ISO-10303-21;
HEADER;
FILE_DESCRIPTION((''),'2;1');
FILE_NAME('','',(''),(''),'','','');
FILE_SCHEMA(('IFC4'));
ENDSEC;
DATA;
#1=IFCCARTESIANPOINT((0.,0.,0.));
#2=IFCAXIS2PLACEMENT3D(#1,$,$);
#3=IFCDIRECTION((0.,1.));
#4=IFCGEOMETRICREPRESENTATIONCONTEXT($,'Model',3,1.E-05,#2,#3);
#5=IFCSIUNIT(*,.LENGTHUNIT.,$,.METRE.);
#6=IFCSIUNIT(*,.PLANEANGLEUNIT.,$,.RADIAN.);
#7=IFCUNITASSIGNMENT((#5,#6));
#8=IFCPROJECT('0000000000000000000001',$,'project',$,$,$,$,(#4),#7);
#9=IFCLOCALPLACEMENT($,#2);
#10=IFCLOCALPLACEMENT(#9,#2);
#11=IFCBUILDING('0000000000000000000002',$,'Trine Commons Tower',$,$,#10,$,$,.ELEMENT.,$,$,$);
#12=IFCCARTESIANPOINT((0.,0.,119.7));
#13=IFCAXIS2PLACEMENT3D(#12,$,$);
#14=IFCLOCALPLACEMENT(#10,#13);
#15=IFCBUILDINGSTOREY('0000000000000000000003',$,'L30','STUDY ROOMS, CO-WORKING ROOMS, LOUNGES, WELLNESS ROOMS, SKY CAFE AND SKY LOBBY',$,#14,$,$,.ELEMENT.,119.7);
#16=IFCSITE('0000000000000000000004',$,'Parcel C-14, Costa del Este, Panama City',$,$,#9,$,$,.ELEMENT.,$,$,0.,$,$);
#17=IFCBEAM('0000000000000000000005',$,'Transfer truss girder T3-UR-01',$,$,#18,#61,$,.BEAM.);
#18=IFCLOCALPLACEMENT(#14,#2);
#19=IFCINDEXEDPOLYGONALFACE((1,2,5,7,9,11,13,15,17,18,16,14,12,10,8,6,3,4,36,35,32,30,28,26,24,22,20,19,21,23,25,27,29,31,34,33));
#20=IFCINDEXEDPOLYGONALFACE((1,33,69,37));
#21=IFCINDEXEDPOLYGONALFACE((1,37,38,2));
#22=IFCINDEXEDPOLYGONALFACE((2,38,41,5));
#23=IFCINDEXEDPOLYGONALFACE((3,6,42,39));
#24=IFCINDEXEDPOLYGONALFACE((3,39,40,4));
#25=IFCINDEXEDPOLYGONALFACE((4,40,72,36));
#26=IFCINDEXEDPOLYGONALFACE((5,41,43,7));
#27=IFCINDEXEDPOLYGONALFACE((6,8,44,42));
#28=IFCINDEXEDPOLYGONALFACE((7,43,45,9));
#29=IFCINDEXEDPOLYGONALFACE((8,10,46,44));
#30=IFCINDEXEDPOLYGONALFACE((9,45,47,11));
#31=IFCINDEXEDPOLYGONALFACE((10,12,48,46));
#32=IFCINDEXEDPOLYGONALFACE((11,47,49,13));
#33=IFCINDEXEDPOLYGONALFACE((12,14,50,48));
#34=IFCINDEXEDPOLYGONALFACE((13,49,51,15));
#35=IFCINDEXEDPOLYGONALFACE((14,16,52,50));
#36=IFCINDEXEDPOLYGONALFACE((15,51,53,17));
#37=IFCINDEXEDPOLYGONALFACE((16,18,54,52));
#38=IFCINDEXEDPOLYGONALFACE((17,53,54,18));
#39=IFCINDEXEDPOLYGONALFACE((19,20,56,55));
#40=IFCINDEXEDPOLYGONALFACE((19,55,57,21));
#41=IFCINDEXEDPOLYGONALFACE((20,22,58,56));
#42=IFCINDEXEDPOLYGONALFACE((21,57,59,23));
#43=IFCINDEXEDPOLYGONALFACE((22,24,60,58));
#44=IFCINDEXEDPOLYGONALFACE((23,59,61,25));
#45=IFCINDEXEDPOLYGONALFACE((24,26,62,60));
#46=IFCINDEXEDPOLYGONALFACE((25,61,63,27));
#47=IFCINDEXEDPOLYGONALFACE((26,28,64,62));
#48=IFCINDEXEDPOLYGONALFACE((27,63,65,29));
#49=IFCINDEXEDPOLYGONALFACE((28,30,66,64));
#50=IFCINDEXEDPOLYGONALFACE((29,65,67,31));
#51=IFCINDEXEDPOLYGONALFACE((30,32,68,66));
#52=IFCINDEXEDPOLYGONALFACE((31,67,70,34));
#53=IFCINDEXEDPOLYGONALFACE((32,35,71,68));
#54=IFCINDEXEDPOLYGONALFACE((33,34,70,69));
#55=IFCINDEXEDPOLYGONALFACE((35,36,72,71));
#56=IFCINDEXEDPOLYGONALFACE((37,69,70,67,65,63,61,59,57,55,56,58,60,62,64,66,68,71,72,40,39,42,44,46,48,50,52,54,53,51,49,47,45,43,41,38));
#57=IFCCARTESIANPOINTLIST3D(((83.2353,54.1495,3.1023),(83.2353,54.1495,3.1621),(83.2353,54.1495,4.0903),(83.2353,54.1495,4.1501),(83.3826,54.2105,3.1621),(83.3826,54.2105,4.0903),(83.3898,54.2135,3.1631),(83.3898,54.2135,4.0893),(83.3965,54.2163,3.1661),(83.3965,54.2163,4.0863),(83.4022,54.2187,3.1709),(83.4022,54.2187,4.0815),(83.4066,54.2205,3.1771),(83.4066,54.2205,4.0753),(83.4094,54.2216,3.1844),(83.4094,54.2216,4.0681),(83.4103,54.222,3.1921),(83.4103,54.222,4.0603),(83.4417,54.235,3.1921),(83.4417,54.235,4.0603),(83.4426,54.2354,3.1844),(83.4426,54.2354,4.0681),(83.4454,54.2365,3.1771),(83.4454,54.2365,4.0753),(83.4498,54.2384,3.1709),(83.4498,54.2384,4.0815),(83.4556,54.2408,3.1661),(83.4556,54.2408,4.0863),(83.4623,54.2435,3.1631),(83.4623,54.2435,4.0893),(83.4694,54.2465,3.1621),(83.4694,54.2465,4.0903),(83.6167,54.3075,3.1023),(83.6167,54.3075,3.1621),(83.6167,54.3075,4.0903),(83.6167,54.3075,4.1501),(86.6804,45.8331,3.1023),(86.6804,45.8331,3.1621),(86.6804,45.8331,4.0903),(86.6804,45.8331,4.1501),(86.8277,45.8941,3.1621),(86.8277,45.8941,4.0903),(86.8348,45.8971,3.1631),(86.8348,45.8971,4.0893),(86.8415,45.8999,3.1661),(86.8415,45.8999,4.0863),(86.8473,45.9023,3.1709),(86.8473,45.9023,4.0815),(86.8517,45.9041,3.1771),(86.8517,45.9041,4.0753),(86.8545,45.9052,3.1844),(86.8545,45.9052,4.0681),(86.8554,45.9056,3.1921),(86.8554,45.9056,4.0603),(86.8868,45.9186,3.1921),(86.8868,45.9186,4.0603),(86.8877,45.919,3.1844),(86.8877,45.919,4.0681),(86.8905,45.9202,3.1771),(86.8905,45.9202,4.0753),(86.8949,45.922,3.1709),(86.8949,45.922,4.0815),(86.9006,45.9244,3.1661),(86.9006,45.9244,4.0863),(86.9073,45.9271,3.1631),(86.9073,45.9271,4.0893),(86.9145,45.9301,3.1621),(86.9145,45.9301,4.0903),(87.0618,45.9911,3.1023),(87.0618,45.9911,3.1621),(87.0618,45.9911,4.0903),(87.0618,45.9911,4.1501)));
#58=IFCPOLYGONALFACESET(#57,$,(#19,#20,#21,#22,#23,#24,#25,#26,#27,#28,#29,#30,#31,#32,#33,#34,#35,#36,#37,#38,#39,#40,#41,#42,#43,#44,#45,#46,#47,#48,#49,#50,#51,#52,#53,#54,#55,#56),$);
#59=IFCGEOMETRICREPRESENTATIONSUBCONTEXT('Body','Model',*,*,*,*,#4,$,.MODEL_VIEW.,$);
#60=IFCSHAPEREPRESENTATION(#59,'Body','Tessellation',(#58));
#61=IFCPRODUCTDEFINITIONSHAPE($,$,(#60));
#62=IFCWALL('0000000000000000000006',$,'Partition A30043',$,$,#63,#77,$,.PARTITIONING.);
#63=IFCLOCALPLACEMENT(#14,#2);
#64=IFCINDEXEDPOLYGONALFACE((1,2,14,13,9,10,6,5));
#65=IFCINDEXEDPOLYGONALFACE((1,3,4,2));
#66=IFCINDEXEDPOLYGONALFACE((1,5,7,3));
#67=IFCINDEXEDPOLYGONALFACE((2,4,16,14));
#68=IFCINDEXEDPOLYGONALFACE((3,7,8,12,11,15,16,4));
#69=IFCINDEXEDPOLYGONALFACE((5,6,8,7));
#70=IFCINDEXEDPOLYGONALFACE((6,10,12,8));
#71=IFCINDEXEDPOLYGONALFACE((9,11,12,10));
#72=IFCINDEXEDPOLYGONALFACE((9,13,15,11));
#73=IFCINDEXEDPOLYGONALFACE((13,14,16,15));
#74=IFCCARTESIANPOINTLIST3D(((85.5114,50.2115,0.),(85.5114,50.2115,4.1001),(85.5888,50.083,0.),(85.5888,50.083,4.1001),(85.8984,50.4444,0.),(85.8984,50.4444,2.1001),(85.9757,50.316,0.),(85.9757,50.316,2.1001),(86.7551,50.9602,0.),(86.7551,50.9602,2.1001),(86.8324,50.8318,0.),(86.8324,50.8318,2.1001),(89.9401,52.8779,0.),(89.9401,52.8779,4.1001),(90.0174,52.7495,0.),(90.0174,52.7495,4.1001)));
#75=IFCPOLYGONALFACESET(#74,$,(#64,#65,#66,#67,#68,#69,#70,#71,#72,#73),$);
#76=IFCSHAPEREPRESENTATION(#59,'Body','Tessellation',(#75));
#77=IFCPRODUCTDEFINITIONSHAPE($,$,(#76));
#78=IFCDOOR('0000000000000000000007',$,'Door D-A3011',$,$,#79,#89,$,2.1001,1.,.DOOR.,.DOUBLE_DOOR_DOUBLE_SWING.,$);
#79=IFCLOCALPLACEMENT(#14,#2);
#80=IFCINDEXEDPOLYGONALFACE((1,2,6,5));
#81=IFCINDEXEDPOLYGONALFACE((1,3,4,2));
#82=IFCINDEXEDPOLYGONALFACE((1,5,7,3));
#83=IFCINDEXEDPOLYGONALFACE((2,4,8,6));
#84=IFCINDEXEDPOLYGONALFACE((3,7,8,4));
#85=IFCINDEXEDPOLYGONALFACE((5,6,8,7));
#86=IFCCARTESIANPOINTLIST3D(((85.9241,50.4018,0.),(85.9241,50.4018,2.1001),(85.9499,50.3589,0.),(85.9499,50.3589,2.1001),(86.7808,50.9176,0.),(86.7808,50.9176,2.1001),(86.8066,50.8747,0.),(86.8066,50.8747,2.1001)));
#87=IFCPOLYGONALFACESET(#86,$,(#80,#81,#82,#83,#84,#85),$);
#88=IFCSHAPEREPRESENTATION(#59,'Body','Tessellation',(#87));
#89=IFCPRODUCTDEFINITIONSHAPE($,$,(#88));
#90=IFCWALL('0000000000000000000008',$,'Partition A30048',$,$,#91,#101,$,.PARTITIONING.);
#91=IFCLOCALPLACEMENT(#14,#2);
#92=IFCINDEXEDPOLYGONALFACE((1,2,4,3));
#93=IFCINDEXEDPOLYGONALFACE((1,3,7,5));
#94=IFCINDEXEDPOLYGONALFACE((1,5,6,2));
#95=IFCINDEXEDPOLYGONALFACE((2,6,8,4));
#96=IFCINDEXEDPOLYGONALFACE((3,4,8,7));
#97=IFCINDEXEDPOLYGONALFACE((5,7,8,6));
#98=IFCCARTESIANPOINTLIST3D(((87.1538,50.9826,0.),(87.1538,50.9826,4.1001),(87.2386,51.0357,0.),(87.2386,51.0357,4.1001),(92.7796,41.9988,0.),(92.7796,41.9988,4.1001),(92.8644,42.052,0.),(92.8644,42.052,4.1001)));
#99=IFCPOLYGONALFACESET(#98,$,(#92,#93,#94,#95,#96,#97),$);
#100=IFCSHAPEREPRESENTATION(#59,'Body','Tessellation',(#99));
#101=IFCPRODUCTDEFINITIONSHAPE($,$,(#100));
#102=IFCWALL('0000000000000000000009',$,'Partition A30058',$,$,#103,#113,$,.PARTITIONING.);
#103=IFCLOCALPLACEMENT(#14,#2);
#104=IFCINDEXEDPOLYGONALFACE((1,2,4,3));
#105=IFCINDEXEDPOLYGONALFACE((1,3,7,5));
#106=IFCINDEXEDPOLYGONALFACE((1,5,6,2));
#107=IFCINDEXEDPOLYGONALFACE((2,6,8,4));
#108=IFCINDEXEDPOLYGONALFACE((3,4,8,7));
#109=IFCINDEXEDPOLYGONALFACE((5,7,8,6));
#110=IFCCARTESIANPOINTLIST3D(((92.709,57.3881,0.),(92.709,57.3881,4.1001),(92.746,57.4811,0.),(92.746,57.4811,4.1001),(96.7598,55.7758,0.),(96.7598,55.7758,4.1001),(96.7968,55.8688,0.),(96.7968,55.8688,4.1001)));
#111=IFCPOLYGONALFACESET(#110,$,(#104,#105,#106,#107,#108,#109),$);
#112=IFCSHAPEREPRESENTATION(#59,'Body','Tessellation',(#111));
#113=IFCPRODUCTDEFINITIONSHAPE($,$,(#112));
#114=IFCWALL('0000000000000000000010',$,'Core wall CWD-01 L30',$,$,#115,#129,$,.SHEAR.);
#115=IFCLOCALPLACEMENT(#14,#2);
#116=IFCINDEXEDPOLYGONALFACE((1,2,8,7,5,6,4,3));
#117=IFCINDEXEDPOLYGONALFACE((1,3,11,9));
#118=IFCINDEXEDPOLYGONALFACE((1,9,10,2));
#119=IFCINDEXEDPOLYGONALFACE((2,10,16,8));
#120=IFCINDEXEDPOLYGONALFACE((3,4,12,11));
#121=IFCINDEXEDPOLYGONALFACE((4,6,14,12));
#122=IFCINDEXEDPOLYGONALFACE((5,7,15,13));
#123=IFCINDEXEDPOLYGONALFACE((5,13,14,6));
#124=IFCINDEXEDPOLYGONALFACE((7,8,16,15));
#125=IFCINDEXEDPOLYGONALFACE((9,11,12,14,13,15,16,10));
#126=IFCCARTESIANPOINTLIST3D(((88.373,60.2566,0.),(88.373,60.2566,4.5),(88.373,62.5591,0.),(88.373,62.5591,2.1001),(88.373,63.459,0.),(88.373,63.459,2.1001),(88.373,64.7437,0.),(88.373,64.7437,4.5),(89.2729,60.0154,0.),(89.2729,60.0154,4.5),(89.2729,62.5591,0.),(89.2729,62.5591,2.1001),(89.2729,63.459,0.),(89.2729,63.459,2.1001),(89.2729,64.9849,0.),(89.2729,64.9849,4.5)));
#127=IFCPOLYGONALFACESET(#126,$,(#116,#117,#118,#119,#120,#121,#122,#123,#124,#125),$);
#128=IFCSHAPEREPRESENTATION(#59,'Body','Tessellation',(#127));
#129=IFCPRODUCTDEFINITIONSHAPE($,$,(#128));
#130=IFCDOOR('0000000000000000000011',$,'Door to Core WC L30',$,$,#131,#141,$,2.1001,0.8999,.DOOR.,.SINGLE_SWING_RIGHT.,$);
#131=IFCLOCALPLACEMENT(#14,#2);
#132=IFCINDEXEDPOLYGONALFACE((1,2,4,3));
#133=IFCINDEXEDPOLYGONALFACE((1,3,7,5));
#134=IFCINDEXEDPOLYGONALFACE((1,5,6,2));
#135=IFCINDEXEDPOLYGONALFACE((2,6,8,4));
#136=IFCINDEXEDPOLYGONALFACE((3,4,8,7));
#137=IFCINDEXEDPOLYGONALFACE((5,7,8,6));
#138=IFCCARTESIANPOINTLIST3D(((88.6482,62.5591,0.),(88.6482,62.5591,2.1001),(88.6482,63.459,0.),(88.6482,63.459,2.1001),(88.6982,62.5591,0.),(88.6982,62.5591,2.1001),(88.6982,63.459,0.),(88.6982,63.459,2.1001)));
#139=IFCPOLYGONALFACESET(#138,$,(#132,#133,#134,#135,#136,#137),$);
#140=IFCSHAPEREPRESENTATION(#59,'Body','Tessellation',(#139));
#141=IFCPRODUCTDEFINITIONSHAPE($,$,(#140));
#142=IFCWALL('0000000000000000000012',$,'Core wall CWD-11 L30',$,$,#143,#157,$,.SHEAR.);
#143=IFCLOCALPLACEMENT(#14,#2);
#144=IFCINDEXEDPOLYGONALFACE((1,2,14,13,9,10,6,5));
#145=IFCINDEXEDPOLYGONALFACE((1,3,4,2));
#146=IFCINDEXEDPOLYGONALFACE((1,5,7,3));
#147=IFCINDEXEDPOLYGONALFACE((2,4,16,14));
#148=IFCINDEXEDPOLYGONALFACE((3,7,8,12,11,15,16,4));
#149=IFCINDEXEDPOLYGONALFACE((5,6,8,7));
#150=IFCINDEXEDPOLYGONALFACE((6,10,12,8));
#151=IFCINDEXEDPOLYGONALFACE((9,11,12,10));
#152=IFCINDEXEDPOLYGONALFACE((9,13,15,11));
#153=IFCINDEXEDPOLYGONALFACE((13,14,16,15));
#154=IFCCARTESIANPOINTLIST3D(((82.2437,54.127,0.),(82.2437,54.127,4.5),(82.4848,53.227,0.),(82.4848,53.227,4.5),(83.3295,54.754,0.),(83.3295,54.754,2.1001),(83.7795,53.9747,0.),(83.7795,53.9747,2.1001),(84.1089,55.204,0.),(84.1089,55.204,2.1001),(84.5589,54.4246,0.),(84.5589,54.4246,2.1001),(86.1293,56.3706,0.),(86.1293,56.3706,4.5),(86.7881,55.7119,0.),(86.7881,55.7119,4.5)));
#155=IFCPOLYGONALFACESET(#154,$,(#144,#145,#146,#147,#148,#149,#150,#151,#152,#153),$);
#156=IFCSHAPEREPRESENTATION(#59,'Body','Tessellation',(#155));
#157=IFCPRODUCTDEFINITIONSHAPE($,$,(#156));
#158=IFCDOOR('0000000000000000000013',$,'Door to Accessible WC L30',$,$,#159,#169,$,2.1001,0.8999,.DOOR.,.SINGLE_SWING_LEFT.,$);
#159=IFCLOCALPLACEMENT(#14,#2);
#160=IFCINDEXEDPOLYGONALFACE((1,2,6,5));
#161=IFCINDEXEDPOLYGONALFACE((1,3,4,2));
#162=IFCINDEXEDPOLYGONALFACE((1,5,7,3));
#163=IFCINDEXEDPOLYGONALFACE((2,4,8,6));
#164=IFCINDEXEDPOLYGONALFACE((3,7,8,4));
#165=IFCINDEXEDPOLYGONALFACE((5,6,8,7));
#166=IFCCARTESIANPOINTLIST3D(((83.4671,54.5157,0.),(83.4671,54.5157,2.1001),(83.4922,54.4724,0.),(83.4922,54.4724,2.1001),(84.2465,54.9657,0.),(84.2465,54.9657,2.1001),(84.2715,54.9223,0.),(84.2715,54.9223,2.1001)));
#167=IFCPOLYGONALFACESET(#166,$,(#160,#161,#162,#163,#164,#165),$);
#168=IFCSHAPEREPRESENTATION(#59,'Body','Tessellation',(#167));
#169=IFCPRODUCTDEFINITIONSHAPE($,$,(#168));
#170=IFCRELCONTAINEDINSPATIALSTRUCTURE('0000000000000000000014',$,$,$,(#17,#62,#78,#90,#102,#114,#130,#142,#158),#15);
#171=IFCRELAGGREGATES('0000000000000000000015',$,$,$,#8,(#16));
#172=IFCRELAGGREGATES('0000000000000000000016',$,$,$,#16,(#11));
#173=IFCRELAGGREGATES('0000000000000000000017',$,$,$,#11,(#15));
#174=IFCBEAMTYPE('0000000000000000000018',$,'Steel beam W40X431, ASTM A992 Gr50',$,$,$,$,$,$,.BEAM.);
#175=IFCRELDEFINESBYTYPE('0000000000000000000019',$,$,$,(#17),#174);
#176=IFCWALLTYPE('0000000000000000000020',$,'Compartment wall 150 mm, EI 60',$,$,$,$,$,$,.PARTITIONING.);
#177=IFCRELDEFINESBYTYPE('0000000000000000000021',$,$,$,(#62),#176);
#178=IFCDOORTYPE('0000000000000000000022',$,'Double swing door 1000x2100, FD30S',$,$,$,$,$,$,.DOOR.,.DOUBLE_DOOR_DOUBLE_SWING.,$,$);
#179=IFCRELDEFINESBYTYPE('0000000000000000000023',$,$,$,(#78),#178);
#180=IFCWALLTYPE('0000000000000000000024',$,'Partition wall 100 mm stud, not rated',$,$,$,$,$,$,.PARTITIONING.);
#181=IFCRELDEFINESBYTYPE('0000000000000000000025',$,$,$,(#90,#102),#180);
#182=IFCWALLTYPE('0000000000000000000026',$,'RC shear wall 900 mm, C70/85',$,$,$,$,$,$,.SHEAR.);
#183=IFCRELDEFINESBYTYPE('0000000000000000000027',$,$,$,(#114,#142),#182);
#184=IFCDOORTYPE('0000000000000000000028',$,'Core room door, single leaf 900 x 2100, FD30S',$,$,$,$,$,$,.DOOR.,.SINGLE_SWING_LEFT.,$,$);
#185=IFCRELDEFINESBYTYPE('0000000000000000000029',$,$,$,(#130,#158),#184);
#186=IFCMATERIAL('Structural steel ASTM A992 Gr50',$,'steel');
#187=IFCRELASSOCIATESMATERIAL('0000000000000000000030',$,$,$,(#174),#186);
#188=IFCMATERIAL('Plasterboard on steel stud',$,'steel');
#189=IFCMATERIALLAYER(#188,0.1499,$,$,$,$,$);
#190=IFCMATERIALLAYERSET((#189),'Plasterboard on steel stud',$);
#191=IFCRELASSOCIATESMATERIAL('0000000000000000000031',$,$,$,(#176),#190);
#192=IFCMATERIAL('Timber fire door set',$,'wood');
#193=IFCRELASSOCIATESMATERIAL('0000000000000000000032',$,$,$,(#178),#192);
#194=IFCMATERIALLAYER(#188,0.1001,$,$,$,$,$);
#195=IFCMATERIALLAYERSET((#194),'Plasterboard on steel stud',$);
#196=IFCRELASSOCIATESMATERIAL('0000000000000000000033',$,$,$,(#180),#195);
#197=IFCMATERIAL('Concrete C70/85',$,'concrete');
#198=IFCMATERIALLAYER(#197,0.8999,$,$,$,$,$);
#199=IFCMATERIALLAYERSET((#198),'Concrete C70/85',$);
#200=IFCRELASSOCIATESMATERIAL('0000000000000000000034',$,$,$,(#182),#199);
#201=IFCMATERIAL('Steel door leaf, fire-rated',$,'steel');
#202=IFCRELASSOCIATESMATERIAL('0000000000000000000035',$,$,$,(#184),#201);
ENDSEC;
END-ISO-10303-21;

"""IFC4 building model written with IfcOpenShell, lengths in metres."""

from ifc_helpers import new_model, si_unit, direction, frame, frame_2d, origin, origin_2d, place, context, subcontext, project, spatial, polyline, rectangle, i_section, outline, extrude, material, layer, layer_set, material_profile, profile_set, type_object, element, fill, save


model = new_model("IFC4")

# Units and contexts
model_context = context("Model", 3, precision=1e-05, world=origin(), true_north=direction((0.0, 1.0)))
body_context = subcontext(model_context, "Body", "Model", "MODEL_VIEW")
ifc_project = project(units=[si_unit("LENGTHUNIT", "METRE"), si_unit("PLANEANGLEUNIT", "RADIAN")], contexts=[model_context])

# Site, building, storey
site_placement = place(None, origin())
site = spatial("IfcSite", under=ifc_project, at=site_placement, Name="Parcel C-14, Costa del Este, Panama City", CompositionType="ELEMENT", RefElevation=0.0)
building_placement = place(site_placement, origin())
building = spatial("IfcBuilding", under=site, at=building_placement, Name="Trine Commons Tower", CompositionType="ELEMENT")
storey_placement = place(building_placement, frame((0.0, 0.0, 119.7)))
storey = spatial("IfcBuildingStorey", under=building, at=storey_placement, Name="L30", Description="STUDY ROOMS, CO-WORKING ROOMS, LOUNGES, WELLNESS ROOMS, SKY CAFE AND SKY LOBBY", CompositionType="ELEMENT", Elevation=119.7)

# Beam
ifc_material_1 = material(Name="Structural steel ASTM A992 Gr50", Category="steel")
ifc_material_profile = material_profile(ifc_material_1, i_section(OverallWidth=0.4128, OverallDepth=1.0479, WebThickness=0.0339, FlangeThickness=0.0598, FilletRadius=0.03, at=origin_2d()), Name="W40X431")
ifc_profile_set = profile_set([ifc_material_profile], Name="Structural steel ASTM A992 Gr50")
beam_type = type_object("IfcBeamType", Name="Steel beam W40X431, ASTM A992 Gr50", PredefinedType="BEAM", material=ifc_profile_set)
beam_placement = place(storey_placement, frame((83.426, 54.2285, 3.6262), z_axis=(0.382712, -0.923868, 0.0), x_axis=(0.923868, 0.382712, 0.0)))
element("IfcBeam", 1, at=beam_placement, inside=storey, type_object=beam_type, Name="Transfer truss girder T3-UR-01", PredefinedType="BEAM", context=body_context, shape_type="SweptSolid", body=[
    extrude(i_section(OverallWidth=0.4128, OverallDepth=1.0479, WebThickness=0.0339, FlangeThickness=0.0598, FilletRadius=0.03, at=origin_2d()), origin(), (0.0, 0.0, 1.0), 9.0017),
])

# Wall, opening, door
ifc_material_2 = material(Name="Plasterboard on steel stud", Category="steel")
ifc_layer_1 = layer(ifc_material_2, 0.1499)
ifc_layer_set_1 = layer_set([ifc_layer_1], Name="Plasterboard on steel stud")
wall_type_1 = type_object("IfcWallType", Name="Compartment wall 150 mm, EI 60", PredefinedType="PARTITIONING", material=ifc_layer_set_1)
wall_1_placement = place(storey_placement, frame((89.9788, 52.8137, 0.0), z_axis=(0.0, 0.0, 1.0), x_axis=(-0.8567, -0.515815, 0.0)))
wall_1 = element("IfcWall", 2, at=wall_1_placement, inside=storey, type_object=wall_type_1, Name="Partition A30043", PredefinedType="PARTITIONING", context=body_context, shape_type="SweptSolid", body=[
    extrude(rectangle(XDim=5.1694, YDim=0.1499, at=frame_2d((2.5847, 0.0))), origin(), (0.0, 0.0, 1.0), 4.1001),
])
opening_1_placement = place(wall_1_placement, frame((3.7178, 0.0, 0.0)))
opening_1 = element("IfcOpeningElement", 3, at=opening_1_placement, cuts=wall_1, PredefinedType="OPENING", context=body_context, shape_type="SweptSolid", body=[
    extrude(rectangle(XDim=1.0, YDim=2.1001, at=frame_2d((0.5, 1.05))), frame((0.0, 0.085, 0.0), z_axis=(0.0, -1.0, 0.0), x_axis=(1.0, 0.0, 0.0)), (0.0, 0.0, 1.0), 0.1699),
])
ifc_material_3 = material(Name="Timber fire door set", Category="wood")
door_type_1 = type_object("IfcDoorType", Name="Double swing door 1000x2100, FD30S", OperationType="DOUBLE_DOOR_DOUBLE_SWING", PredefinedType="DOOR", material=ifc_material_3)
door_1_placement = place(opening_1_placement, origin())
door_1 = element("IfcDoor", 4, at=door_1_placement, inside=storey, type_object=door_type_1, Name="Door D-A3011", OperationType="DOUBLE_DOOR_DOUBLE_SWING", OverallHeight=2.1001, OverallWidth=1.0, PredefinedType="DOOR", context=body_context, shape_type="SweptSolid", body=[
    extrude(rectangle(XDim=1.0, YDim=2.1001, at=frame_2d((0.5, 1.05))), frame((0.0, 0.0249, 0.0), z_axis=(0.0, -1.0, 0.0), x_axis=(1.0, 0.0, 0.0)), (0.0, 0.0, 1.0), 0.05),
])
fill(opening_1, door_1)

# Walls
ifc_layer_2 = layer(ifc_material_2, 0.1001)
ifc_layer_set_2 = layer_set([ifc_layer_2], Name="Plasterboard on steel stud")
wall_type_2 = type_object("IfcWallType", Name="Partition wall 100 mm stud, not rated", PredefinedType="PARTITIONING", material=ifc_layer_set_2)
wall_2_placement = place(storey_placement, frame((87.1963, 51.009, 0.0), z_axis=(0.0, 0.0, 1.0), x_axis=(0.530742, -0.847533, 0.0)))
element("IfcWall", 5, at=wall_2_placement, inside=storey, type_object=wall_type_2, Name="Partition A30048", PredefinedType="PARTITIONING", context=body_context, shape_type="SweptSolid", body=[
    extrude(rectangle(XDim=10.5999, YDim=0.1001, at=frame_2d((5.2998, 0.0))), origin(), (0.0, 0.0, 1.0), 4.1001),
])
wall_3_placement = place(storey_placement, frame((92.7275, 57.4346, 0.0), z_axis=(0.0, 0.0, 1.0), x_axis=(0.929109, -0.369807, 0.0)))
element("IfcWall", 6, at=wall_3_placement, inside=storey, type_object=wall_type_2, Name="Partition A30058", PredefinedType="PARTITIONING", context=body_context, shape_type="SweptSolid", body=[
    extrude(rectangle(XDim=4.3599, YDim=0.1001, at=frame_2d((2.1799, 0.0))), origin(), (0.0, 0.0, 1.0), 4.1001),
])

# Walls, openings, doors
ifc_material_4 = material(Name="Concrete C70/85", Category="concrete")
ifc_layer_3 = layer(ifc_material_4, 0.8999)
ifc_layer_set_3 = layer_set([ifc_layer_3], Name="Concrete C70/85")
wall_type_3 = type_object("IfcWallType", Name="RC shear wall 900 mm, C70/85", PredefinedType="SHEAR", material=ifc_layer_set_3)
wall_4_placement = place(storey_placement, frame((88.823, 60.0154, 0.0), z_axis=(0.0, 0.0, 1.0), x_axis=(0.0, 1.0, 0.0)))
wall_4 = element("IfcWall", 7, at=wall_4_placement, inside=storey, type_object=wall_type_3, Name="Core wall CWD-01 L30", PredefinedType="SHEAR", context=body_context, shape_type="SweptSolid", body=[
    extrude(outline(polyline([(0.0, -0.45), (4.9695, -0.45), (4.7283, 0.45), (0.2412, 0.45), (0.0, -0.45)])), origin(), (0.0, 0.0, 1.0), 4.5),
])
opening_2_placement = place(wall_4_placement, frame((2.5437, 0.0, 0.0)))
opening_2 = element("IfcOpeningElement", 8, at=opening_2_placement, cuts=wall_4, PredefinedType="OPENING", context=body_context, shape_type="SweptSolid", body=[
    extrude(rectangle(XDim=0.8999, YDim=2.1001, at=frame_2d((0.45, 1.05))), frame((0.0, 0.46, 0.0), z_axis=(0.0, -1.0, 0.0), x_axis=(1.0, 0.0, 0.0)), (0.0, 0.0, 1.0), 0.9199),
])
ifc_material_5 = material(Name="Steel door leaf, fire-rated", Category="steel")
door_type_2 = type_object("IfcDoorType", Name="Core room door, single leaf 900 x 2100, FD30S", OperationType="SINGLE_SWING_LEFT", PredefinedType="DOOR", material=ifc_material_5)
door_2_placement = place(opening_2_placement, origin())
door_2 = element("IfcDoor", 9, at=door_2_placement, inside=storey, type_object=door_type_2, Name="Door to Core WC L30", OperationType="SINGLE_SWING_RIGHT", OverallHeight=2.1001, OverallWidth=0.8999, PredefinedType="DOOR", context=body_context, shape_type="SweptSolid", body=[
    extrude(rectangle(XDim=0.8999, YDim=2.1001, at=frame_2d((0.45, 1.05))), frame((0.0, 0.1748, 0.0), z_axis=(0.0, -1.0, 0.0), x_axis=(1.0, 0.0, 0.0)), (0.0, 0.0, 1.0), 0.05),
])
fill(opening_2, door_2)
wall_5_placement = place(storey_placement, frame((82.2598, 53.6167, 0.0), z_axis=(0.0, 0.0, 1.0), x_axis=(0.866003, 0.500039, 0.0)))
wall_5 = element("IfcWall", 10, at=wall_5_placement, inside=storey, type_object=wall_type_3, Name="Core wall CWD-11 L30", PredefinedType="SHEAR", context=body_context, shape_type="SweptSolid", body=[
    extrude(outline(polyline([(0.0, -0.45), (4.9692, -0.45), (4.728, 0.45), (0.2412, 0.45), (0.0, -0.45)])), origin(), (0.0, 0.0, 1.0), 4.5),
])
opening_3_placement = place(wall_5_placement, frame((1.4951, 0.0, 0.0)))
opening_3 = element("IfcOpeningElement", 11, at=opening_3_placement, cuts=wall_5, PredefinedType="OPENING", context=body_context, shape_type="SweptSolid", body=[
    extrude(rectangle(XDim=0.8999, YDim=2.1001, at=frame_2d((0.45, 1.05))), frame((0.0, 0.46, 0.0), z_axis=(0.0, -1.0, 0.0), x_axis=(1.0, 0.0, 0.0)), (0.0, 0.0, 1.0), 0.9199),
])
door_3_placement = place(opening_3_placement, origin())
door_3 = element("IfcDoor", 12, at=door_3_placement, inside=storey, type_object=door_type_2, Name="Door to Accessible WC L30", OperationType="SINGLE_SWING_LEFT", OverallHeight=2.1001, OverallWidth=0.8999, PredefinedType="DOOR", context=body_context, shape_type="SweptSolid", body=[
    extrude(rectangle(XDim=0.8999, YDim=2.1001, at=frame_2d((0.45, 1.05))), frame((0.0, 0.1748, 0.0), z_axis=(0.0, -1.0, 0.0), x_axis=(1.0, 0.0, 0.0)), (0.0, 0.0, 1.0), 0.05),
])
fill(opening_3, door_3)

save(model, "model.ifc")
